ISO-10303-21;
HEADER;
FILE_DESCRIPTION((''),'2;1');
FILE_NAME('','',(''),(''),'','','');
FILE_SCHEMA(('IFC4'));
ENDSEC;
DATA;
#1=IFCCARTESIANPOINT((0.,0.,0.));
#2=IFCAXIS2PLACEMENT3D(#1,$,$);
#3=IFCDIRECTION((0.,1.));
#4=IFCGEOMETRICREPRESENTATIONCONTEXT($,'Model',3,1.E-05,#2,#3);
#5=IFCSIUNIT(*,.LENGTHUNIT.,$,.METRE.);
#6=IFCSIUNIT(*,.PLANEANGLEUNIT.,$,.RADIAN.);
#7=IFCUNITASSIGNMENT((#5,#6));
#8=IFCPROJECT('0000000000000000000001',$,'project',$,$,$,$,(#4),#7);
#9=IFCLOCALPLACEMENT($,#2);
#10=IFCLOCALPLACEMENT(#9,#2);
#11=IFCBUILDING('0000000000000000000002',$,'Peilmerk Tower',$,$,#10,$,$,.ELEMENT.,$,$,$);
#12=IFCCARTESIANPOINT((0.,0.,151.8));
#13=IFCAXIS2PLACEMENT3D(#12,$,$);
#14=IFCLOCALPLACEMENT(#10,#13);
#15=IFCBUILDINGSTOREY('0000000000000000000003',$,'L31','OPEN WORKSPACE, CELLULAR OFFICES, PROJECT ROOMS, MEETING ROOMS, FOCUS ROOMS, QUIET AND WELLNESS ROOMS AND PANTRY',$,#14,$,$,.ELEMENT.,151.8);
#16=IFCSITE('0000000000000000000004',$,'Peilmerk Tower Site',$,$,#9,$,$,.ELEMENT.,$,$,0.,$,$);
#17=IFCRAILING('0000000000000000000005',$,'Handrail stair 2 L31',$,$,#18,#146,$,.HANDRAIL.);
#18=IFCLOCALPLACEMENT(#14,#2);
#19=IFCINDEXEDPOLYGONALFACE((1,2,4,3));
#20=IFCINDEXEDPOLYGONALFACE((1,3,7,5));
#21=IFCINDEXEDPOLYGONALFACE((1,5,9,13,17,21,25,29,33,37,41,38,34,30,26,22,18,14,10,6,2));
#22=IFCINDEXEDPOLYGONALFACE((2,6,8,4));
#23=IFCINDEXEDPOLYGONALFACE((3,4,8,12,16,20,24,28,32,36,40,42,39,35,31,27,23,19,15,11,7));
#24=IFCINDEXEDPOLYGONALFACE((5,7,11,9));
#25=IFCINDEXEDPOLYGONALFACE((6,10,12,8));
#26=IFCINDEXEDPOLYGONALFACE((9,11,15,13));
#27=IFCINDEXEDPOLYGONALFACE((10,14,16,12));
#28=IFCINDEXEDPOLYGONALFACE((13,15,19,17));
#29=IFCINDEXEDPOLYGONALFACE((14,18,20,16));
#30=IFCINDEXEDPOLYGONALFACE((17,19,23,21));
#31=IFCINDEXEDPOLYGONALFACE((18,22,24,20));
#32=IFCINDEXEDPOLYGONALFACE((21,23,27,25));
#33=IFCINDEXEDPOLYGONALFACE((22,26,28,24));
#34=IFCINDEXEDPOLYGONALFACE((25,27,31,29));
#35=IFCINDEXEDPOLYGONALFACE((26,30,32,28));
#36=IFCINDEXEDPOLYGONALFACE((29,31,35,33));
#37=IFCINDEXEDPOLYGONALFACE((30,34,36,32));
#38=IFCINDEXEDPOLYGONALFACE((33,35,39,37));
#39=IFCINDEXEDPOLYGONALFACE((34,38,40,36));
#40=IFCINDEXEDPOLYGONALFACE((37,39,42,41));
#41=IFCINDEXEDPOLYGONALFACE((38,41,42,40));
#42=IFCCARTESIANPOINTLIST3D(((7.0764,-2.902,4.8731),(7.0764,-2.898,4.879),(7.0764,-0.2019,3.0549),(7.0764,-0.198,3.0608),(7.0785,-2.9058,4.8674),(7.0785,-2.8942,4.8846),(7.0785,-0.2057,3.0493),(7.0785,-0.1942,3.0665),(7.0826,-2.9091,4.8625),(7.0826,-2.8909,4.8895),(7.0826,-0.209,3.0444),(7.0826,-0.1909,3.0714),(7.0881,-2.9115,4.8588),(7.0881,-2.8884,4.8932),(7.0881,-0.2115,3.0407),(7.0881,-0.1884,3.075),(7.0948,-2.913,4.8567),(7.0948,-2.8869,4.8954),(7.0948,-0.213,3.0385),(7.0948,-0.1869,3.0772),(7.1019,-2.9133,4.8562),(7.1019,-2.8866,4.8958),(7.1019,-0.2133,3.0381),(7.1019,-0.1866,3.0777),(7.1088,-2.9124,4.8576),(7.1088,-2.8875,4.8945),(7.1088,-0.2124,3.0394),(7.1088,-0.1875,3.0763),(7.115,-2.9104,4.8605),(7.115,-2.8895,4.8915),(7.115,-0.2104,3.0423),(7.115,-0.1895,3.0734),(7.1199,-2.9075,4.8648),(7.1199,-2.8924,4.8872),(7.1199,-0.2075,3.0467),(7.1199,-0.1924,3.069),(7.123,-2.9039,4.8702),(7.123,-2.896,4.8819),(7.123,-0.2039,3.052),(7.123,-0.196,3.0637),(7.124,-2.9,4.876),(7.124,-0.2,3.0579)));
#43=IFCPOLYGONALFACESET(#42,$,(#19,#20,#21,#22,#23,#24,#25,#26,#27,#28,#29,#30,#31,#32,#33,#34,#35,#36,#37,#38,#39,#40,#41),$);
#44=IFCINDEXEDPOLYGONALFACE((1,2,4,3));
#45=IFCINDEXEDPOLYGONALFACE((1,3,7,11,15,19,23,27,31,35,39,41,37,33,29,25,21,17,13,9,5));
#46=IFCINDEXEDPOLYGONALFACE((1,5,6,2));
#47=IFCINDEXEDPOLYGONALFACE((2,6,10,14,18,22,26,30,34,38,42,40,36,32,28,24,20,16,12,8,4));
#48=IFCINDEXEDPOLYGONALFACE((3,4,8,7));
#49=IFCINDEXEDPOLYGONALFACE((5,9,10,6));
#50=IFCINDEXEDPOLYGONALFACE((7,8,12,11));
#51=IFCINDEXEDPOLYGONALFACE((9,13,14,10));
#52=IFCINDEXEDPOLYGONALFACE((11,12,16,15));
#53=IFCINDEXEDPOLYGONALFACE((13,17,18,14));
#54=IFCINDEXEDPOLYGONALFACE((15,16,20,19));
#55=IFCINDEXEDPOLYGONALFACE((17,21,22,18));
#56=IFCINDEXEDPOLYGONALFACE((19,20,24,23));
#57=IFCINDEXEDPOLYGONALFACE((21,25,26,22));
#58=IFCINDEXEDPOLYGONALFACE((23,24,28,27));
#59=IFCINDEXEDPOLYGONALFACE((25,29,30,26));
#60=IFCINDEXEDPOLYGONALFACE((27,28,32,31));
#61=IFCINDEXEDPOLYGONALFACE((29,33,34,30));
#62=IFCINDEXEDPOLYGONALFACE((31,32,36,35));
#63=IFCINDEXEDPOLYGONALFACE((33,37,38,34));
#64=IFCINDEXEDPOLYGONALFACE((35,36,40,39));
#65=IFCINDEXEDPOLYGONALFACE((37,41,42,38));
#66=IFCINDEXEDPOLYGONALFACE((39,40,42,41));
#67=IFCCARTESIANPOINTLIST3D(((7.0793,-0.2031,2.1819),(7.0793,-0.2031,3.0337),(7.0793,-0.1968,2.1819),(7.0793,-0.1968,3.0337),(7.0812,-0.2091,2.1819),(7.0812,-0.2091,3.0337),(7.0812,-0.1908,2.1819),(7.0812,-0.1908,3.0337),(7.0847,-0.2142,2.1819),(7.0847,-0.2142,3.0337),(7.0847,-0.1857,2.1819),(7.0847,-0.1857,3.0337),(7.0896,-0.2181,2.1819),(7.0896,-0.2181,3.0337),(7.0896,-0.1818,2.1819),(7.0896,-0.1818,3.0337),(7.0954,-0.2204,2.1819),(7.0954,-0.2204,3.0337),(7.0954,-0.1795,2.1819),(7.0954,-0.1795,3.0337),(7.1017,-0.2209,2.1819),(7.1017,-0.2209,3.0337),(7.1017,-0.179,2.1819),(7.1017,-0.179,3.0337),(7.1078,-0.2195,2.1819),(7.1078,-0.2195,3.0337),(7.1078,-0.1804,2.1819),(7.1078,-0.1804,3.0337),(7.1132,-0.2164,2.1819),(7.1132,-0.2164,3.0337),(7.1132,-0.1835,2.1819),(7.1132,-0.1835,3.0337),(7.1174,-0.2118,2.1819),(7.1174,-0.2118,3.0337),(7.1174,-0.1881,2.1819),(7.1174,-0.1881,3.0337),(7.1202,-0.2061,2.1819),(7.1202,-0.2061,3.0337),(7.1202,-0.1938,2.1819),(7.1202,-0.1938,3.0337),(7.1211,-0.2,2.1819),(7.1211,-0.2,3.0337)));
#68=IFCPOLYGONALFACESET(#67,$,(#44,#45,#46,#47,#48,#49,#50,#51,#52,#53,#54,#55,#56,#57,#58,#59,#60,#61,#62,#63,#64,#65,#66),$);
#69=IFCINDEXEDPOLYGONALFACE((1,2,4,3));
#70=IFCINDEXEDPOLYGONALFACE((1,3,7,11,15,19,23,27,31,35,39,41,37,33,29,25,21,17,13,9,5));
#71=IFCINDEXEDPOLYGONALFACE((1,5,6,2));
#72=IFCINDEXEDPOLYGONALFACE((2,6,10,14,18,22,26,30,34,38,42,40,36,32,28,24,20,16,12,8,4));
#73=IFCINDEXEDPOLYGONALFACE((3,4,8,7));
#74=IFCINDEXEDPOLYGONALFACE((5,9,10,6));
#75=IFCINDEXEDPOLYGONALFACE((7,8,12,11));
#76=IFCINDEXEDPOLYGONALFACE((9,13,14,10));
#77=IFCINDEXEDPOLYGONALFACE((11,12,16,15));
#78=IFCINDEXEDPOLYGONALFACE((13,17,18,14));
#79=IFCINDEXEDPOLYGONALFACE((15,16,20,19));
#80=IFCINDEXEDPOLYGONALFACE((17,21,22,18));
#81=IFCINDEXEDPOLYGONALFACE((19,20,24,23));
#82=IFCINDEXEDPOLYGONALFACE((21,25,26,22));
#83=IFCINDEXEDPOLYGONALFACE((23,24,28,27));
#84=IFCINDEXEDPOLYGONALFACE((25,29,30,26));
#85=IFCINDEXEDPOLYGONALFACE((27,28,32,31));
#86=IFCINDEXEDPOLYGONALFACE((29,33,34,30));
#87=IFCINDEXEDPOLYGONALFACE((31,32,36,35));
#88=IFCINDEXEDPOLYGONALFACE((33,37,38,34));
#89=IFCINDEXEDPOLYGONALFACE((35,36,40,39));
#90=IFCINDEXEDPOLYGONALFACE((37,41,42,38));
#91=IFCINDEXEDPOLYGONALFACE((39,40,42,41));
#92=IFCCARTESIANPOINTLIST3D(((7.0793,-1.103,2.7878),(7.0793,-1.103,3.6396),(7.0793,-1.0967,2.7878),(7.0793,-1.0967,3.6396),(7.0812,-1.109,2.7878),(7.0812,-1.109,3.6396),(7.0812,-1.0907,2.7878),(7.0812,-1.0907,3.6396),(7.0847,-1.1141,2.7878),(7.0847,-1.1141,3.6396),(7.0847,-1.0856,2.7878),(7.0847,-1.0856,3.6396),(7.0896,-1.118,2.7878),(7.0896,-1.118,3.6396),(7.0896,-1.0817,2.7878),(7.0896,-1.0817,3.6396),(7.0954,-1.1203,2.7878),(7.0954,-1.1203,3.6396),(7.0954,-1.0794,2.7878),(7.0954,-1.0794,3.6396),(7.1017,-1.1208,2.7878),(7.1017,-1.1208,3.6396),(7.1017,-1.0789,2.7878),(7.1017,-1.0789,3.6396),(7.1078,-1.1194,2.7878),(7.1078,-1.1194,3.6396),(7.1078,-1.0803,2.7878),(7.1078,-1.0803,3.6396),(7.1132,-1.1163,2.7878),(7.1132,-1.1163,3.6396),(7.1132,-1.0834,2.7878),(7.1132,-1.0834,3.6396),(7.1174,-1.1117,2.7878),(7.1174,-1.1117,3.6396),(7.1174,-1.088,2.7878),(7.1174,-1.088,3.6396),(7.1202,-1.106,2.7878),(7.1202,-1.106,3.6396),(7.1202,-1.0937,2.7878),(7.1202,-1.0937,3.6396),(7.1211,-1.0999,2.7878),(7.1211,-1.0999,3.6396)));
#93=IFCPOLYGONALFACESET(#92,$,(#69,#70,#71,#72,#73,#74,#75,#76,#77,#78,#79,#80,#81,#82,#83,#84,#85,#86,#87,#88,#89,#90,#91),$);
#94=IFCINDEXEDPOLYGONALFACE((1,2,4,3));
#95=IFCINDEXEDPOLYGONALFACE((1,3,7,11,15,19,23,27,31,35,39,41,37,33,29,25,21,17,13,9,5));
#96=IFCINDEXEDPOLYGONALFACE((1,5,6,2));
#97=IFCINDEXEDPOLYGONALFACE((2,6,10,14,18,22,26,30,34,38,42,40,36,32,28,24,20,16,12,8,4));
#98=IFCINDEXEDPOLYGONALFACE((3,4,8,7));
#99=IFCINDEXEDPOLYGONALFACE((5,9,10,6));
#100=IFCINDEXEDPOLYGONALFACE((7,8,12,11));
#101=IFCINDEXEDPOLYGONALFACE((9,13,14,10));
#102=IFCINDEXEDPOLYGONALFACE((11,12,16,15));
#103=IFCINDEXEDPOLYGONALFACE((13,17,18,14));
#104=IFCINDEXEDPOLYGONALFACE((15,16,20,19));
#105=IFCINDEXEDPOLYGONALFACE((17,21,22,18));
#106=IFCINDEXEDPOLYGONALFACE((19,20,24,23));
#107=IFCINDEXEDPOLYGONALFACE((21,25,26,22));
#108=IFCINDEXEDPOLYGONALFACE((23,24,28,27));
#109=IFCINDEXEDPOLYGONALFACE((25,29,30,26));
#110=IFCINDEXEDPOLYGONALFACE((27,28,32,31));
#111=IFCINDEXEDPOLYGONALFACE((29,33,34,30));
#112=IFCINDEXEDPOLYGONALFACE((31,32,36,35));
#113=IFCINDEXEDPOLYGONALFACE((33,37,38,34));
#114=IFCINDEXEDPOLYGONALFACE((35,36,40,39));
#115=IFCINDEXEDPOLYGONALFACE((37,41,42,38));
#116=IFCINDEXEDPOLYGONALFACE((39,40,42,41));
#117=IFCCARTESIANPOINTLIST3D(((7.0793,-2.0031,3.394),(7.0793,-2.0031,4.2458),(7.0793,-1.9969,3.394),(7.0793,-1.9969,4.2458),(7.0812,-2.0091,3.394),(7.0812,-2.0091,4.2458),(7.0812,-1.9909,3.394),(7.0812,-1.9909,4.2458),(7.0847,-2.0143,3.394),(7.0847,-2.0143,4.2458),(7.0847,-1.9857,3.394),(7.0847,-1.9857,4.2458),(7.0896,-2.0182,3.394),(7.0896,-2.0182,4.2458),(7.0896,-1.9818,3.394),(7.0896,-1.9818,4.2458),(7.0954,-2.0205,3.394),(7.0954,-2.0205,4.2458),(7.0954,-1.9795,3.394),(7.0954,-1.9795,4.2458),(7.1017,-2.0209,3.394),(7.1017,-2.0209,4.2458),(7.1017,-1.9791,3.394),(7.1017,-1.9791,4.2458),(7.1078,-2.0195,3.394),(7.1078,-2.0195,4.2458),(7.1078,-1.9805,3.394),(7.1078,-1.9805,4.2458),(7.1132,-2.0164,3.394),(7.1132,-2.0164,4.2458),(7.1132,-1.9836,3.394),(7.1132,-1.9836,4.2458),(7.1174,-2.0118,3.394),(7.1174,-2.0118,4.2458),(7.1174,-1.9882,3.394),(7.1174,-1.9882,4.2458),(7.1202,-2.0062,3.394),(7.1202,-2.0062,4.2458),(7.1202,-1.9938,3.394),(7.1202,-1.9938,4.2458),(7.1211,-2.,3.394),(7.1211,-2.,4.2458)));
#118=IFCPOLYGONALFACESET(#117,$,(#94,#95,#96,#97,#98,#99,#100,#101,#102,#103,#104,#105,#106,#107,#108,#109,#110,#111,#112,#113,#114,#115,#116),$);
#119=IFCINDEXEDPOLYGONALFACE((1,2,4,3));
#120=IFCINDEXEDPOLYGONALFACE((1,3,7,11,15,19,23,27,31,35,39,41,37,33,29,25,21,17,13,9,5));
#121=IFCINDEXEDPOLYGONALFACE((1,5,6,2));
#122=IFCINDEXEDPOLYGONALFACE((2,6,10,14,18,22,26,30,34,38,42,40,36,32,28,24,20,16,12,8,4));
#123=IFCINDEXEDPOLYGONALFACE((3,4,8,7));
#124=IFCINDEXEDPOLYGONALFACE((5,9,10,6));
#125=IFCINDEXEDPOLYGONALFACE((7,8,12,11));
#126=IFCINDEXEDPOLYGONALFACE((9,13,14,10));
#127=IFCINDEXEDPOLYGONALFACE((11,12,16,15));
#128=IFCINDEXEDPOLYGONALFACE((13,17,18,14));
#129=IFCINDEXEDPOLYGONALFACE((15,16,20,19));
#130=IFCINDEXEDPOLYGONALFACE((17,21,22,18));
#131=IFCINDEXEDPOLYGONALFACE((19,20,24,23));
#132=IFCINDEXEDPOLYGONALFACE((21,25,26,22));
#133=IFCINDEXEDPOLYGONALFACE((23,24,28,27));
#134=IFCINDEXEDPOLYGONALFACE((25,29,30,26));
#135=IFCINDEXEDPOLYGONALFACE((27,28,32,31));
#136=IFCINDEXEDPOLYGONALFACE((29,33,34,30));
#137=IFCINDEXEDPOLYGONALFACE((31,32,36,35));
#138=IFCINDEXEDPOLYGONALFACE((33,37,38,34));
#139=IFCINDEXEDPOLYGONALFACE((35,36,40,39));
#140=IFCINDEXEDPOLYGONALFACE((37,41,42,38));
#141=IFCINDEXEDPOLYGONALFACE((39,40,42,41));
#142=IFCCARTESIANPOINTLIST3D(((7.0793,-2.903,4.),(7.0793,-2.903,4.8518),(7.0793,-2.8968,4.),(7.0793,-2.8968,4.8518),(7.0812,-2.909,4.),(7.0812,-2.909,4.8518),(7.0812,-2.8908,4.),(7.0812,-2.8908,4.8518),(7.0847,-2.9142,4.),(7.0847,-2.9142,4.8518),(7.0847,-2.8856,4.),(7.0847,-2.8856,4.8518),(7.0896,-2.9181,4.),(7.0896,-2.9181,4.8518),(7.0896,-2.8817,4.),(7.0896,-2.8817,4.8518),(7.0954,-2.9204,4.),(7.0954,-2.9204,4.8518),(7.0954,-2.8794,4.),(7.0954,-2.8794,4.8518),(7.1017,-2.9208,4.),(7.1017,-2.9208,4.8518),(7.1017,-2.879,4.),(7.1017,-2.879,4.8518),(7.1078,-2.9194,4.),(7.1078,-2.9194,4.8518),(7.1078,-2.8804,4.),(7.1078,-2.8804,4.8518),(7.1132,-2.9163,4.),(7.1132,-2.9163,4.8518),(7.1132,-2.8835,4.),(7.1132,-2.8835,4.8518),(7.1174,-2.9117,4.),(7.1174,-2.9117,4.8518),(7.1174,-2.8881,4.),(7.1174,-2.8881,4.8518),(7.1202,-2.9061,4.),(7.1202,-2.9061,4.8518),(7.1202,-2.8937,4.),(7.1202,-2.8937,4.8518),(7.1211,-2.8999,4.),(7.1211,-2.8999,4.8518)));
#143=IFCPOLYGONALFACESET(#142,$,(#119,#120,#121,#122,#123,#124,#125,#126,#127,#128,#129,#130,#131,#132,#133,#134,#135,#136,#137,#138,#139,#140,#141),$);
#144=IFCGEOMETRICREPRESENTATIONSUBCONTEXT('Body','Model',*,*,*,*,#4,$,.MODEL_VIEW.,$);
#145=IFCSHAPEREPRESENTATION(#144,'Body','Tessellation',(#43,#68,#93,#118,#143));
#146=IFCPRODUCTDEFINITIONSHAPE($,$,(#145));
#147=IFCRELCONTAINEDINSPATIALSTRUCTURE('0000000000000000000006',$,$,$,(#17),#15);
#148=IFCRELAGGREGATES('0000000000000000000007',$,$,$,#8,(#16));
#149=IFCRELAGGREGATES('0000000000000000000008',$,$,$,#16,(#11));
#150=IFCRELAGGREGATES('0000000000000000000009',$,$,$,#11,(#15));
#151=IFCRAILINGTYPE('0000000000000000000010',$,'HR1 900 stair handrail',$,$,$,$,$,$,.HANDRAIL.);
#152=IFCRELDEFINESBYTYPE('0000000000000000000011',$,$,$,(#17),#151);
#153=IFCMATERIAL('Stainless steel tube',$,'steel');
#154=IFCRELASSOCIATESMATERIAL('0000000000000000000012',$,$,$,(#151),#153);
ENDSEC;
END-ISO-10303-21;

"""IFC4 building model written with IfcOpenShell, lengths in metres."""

from ifc_helpers import new_model, si_unit, direction, frame, origin, origin_2d, place, context, subcontext, project, spatial, circle, extrude, material, type_object, element, save


model = new_model("IFC4")

# Units and contexts
model_context = context("Model", 3, precision=1e-05, world=origin(), true_north=direction((0.0, 1.0)))
body_context = subcontext(model_context, "Body", "Model", "MODEL_VIEW")
ifc_project = project(units=[si_unit("LENGTHUNIT", "METRE"), si_unit("PLANEANGLEUNIT", "RADIAN")], contexts=[model_context])

# Site, building, storey
site_placement = place(None, origin())
site = spatial("IfcSite", under=ifc_project, at=site_placement, Name="Peilmerk Tower Site", CompositionType="ELEMENT", RefElevation=0.0)
building_placement = place(site_placement, origin())
building = spatial("IfcBuilding", under=site, at=building_placement, Name="Peilmerk Tower", CompositionType="ELEMENT")
storey_placement = place(building_placement, frame((0.0, 0.0, 151.8)))
storey = spatial("IfcBuildingStorey", under=building, at=storey_placement, Name="L31", Description="OPEN WORKSPACE, CELLULAR OFFICES, PROJECT ROOMS, MEETING ROOMS, FOCUS ROOMS, QUIET AND WELLNESS ROOMS AND PANTRY", CompositionType="ELEMENT", Elevation=151.8)

# Railing
ifc_material_1 = material(Name="Stainless steel tube", Category="steel")
railing_type_1 = type_object("IfcRailingType", Name="HR1 900 stair handrail", PredefinedType="HANDRAIL", material=ifc_material_1)
railing_1_placement = place(storey_placement, frame((7.1001, -0.2, 2.1819)))
element("IfcRailing", 1, at=railing_1_placement, inside=storey, type_object=railing_type_1, Name="Handrail stair 2 L31", PredefinedType="HANDRAIL", context=body_context, shape_type="SweptSolid", body=[
    extrude(circle(Radius=0.0239, at=origin_2d()), frame((0.0, 0.0, 0.876), z_axis=(0.0, -0.829468, 0.558554), x_axis=(1.0, 0.0, 0.0)), (0.0, 0.0, 1.0), 3.2551),
    extrude(circle(Radius=0.021, at=origin_2d()), origin(), (0.0, 0.0, 1.0), 0.8518),
    extrude(circle(Radius=0.021, at=origin_2d()), frame((0.0, -0.8999, 0.606)), (0.0, 0.0, 1.0), 0.8518),
    extrude(circle(Radius=0.021, at=origin_2d()), frame((0.0, -1.8, 1.2122)), (0.0, 0.0, 1.0), 0.8518),
    extrude(circle(Radius=0.021, at=origin_2d()), frame((0.0, -2.7, 1.8181)), (0.0, 0.0, 1.0), 0.8518),
])

save(model, "model.ifc")
